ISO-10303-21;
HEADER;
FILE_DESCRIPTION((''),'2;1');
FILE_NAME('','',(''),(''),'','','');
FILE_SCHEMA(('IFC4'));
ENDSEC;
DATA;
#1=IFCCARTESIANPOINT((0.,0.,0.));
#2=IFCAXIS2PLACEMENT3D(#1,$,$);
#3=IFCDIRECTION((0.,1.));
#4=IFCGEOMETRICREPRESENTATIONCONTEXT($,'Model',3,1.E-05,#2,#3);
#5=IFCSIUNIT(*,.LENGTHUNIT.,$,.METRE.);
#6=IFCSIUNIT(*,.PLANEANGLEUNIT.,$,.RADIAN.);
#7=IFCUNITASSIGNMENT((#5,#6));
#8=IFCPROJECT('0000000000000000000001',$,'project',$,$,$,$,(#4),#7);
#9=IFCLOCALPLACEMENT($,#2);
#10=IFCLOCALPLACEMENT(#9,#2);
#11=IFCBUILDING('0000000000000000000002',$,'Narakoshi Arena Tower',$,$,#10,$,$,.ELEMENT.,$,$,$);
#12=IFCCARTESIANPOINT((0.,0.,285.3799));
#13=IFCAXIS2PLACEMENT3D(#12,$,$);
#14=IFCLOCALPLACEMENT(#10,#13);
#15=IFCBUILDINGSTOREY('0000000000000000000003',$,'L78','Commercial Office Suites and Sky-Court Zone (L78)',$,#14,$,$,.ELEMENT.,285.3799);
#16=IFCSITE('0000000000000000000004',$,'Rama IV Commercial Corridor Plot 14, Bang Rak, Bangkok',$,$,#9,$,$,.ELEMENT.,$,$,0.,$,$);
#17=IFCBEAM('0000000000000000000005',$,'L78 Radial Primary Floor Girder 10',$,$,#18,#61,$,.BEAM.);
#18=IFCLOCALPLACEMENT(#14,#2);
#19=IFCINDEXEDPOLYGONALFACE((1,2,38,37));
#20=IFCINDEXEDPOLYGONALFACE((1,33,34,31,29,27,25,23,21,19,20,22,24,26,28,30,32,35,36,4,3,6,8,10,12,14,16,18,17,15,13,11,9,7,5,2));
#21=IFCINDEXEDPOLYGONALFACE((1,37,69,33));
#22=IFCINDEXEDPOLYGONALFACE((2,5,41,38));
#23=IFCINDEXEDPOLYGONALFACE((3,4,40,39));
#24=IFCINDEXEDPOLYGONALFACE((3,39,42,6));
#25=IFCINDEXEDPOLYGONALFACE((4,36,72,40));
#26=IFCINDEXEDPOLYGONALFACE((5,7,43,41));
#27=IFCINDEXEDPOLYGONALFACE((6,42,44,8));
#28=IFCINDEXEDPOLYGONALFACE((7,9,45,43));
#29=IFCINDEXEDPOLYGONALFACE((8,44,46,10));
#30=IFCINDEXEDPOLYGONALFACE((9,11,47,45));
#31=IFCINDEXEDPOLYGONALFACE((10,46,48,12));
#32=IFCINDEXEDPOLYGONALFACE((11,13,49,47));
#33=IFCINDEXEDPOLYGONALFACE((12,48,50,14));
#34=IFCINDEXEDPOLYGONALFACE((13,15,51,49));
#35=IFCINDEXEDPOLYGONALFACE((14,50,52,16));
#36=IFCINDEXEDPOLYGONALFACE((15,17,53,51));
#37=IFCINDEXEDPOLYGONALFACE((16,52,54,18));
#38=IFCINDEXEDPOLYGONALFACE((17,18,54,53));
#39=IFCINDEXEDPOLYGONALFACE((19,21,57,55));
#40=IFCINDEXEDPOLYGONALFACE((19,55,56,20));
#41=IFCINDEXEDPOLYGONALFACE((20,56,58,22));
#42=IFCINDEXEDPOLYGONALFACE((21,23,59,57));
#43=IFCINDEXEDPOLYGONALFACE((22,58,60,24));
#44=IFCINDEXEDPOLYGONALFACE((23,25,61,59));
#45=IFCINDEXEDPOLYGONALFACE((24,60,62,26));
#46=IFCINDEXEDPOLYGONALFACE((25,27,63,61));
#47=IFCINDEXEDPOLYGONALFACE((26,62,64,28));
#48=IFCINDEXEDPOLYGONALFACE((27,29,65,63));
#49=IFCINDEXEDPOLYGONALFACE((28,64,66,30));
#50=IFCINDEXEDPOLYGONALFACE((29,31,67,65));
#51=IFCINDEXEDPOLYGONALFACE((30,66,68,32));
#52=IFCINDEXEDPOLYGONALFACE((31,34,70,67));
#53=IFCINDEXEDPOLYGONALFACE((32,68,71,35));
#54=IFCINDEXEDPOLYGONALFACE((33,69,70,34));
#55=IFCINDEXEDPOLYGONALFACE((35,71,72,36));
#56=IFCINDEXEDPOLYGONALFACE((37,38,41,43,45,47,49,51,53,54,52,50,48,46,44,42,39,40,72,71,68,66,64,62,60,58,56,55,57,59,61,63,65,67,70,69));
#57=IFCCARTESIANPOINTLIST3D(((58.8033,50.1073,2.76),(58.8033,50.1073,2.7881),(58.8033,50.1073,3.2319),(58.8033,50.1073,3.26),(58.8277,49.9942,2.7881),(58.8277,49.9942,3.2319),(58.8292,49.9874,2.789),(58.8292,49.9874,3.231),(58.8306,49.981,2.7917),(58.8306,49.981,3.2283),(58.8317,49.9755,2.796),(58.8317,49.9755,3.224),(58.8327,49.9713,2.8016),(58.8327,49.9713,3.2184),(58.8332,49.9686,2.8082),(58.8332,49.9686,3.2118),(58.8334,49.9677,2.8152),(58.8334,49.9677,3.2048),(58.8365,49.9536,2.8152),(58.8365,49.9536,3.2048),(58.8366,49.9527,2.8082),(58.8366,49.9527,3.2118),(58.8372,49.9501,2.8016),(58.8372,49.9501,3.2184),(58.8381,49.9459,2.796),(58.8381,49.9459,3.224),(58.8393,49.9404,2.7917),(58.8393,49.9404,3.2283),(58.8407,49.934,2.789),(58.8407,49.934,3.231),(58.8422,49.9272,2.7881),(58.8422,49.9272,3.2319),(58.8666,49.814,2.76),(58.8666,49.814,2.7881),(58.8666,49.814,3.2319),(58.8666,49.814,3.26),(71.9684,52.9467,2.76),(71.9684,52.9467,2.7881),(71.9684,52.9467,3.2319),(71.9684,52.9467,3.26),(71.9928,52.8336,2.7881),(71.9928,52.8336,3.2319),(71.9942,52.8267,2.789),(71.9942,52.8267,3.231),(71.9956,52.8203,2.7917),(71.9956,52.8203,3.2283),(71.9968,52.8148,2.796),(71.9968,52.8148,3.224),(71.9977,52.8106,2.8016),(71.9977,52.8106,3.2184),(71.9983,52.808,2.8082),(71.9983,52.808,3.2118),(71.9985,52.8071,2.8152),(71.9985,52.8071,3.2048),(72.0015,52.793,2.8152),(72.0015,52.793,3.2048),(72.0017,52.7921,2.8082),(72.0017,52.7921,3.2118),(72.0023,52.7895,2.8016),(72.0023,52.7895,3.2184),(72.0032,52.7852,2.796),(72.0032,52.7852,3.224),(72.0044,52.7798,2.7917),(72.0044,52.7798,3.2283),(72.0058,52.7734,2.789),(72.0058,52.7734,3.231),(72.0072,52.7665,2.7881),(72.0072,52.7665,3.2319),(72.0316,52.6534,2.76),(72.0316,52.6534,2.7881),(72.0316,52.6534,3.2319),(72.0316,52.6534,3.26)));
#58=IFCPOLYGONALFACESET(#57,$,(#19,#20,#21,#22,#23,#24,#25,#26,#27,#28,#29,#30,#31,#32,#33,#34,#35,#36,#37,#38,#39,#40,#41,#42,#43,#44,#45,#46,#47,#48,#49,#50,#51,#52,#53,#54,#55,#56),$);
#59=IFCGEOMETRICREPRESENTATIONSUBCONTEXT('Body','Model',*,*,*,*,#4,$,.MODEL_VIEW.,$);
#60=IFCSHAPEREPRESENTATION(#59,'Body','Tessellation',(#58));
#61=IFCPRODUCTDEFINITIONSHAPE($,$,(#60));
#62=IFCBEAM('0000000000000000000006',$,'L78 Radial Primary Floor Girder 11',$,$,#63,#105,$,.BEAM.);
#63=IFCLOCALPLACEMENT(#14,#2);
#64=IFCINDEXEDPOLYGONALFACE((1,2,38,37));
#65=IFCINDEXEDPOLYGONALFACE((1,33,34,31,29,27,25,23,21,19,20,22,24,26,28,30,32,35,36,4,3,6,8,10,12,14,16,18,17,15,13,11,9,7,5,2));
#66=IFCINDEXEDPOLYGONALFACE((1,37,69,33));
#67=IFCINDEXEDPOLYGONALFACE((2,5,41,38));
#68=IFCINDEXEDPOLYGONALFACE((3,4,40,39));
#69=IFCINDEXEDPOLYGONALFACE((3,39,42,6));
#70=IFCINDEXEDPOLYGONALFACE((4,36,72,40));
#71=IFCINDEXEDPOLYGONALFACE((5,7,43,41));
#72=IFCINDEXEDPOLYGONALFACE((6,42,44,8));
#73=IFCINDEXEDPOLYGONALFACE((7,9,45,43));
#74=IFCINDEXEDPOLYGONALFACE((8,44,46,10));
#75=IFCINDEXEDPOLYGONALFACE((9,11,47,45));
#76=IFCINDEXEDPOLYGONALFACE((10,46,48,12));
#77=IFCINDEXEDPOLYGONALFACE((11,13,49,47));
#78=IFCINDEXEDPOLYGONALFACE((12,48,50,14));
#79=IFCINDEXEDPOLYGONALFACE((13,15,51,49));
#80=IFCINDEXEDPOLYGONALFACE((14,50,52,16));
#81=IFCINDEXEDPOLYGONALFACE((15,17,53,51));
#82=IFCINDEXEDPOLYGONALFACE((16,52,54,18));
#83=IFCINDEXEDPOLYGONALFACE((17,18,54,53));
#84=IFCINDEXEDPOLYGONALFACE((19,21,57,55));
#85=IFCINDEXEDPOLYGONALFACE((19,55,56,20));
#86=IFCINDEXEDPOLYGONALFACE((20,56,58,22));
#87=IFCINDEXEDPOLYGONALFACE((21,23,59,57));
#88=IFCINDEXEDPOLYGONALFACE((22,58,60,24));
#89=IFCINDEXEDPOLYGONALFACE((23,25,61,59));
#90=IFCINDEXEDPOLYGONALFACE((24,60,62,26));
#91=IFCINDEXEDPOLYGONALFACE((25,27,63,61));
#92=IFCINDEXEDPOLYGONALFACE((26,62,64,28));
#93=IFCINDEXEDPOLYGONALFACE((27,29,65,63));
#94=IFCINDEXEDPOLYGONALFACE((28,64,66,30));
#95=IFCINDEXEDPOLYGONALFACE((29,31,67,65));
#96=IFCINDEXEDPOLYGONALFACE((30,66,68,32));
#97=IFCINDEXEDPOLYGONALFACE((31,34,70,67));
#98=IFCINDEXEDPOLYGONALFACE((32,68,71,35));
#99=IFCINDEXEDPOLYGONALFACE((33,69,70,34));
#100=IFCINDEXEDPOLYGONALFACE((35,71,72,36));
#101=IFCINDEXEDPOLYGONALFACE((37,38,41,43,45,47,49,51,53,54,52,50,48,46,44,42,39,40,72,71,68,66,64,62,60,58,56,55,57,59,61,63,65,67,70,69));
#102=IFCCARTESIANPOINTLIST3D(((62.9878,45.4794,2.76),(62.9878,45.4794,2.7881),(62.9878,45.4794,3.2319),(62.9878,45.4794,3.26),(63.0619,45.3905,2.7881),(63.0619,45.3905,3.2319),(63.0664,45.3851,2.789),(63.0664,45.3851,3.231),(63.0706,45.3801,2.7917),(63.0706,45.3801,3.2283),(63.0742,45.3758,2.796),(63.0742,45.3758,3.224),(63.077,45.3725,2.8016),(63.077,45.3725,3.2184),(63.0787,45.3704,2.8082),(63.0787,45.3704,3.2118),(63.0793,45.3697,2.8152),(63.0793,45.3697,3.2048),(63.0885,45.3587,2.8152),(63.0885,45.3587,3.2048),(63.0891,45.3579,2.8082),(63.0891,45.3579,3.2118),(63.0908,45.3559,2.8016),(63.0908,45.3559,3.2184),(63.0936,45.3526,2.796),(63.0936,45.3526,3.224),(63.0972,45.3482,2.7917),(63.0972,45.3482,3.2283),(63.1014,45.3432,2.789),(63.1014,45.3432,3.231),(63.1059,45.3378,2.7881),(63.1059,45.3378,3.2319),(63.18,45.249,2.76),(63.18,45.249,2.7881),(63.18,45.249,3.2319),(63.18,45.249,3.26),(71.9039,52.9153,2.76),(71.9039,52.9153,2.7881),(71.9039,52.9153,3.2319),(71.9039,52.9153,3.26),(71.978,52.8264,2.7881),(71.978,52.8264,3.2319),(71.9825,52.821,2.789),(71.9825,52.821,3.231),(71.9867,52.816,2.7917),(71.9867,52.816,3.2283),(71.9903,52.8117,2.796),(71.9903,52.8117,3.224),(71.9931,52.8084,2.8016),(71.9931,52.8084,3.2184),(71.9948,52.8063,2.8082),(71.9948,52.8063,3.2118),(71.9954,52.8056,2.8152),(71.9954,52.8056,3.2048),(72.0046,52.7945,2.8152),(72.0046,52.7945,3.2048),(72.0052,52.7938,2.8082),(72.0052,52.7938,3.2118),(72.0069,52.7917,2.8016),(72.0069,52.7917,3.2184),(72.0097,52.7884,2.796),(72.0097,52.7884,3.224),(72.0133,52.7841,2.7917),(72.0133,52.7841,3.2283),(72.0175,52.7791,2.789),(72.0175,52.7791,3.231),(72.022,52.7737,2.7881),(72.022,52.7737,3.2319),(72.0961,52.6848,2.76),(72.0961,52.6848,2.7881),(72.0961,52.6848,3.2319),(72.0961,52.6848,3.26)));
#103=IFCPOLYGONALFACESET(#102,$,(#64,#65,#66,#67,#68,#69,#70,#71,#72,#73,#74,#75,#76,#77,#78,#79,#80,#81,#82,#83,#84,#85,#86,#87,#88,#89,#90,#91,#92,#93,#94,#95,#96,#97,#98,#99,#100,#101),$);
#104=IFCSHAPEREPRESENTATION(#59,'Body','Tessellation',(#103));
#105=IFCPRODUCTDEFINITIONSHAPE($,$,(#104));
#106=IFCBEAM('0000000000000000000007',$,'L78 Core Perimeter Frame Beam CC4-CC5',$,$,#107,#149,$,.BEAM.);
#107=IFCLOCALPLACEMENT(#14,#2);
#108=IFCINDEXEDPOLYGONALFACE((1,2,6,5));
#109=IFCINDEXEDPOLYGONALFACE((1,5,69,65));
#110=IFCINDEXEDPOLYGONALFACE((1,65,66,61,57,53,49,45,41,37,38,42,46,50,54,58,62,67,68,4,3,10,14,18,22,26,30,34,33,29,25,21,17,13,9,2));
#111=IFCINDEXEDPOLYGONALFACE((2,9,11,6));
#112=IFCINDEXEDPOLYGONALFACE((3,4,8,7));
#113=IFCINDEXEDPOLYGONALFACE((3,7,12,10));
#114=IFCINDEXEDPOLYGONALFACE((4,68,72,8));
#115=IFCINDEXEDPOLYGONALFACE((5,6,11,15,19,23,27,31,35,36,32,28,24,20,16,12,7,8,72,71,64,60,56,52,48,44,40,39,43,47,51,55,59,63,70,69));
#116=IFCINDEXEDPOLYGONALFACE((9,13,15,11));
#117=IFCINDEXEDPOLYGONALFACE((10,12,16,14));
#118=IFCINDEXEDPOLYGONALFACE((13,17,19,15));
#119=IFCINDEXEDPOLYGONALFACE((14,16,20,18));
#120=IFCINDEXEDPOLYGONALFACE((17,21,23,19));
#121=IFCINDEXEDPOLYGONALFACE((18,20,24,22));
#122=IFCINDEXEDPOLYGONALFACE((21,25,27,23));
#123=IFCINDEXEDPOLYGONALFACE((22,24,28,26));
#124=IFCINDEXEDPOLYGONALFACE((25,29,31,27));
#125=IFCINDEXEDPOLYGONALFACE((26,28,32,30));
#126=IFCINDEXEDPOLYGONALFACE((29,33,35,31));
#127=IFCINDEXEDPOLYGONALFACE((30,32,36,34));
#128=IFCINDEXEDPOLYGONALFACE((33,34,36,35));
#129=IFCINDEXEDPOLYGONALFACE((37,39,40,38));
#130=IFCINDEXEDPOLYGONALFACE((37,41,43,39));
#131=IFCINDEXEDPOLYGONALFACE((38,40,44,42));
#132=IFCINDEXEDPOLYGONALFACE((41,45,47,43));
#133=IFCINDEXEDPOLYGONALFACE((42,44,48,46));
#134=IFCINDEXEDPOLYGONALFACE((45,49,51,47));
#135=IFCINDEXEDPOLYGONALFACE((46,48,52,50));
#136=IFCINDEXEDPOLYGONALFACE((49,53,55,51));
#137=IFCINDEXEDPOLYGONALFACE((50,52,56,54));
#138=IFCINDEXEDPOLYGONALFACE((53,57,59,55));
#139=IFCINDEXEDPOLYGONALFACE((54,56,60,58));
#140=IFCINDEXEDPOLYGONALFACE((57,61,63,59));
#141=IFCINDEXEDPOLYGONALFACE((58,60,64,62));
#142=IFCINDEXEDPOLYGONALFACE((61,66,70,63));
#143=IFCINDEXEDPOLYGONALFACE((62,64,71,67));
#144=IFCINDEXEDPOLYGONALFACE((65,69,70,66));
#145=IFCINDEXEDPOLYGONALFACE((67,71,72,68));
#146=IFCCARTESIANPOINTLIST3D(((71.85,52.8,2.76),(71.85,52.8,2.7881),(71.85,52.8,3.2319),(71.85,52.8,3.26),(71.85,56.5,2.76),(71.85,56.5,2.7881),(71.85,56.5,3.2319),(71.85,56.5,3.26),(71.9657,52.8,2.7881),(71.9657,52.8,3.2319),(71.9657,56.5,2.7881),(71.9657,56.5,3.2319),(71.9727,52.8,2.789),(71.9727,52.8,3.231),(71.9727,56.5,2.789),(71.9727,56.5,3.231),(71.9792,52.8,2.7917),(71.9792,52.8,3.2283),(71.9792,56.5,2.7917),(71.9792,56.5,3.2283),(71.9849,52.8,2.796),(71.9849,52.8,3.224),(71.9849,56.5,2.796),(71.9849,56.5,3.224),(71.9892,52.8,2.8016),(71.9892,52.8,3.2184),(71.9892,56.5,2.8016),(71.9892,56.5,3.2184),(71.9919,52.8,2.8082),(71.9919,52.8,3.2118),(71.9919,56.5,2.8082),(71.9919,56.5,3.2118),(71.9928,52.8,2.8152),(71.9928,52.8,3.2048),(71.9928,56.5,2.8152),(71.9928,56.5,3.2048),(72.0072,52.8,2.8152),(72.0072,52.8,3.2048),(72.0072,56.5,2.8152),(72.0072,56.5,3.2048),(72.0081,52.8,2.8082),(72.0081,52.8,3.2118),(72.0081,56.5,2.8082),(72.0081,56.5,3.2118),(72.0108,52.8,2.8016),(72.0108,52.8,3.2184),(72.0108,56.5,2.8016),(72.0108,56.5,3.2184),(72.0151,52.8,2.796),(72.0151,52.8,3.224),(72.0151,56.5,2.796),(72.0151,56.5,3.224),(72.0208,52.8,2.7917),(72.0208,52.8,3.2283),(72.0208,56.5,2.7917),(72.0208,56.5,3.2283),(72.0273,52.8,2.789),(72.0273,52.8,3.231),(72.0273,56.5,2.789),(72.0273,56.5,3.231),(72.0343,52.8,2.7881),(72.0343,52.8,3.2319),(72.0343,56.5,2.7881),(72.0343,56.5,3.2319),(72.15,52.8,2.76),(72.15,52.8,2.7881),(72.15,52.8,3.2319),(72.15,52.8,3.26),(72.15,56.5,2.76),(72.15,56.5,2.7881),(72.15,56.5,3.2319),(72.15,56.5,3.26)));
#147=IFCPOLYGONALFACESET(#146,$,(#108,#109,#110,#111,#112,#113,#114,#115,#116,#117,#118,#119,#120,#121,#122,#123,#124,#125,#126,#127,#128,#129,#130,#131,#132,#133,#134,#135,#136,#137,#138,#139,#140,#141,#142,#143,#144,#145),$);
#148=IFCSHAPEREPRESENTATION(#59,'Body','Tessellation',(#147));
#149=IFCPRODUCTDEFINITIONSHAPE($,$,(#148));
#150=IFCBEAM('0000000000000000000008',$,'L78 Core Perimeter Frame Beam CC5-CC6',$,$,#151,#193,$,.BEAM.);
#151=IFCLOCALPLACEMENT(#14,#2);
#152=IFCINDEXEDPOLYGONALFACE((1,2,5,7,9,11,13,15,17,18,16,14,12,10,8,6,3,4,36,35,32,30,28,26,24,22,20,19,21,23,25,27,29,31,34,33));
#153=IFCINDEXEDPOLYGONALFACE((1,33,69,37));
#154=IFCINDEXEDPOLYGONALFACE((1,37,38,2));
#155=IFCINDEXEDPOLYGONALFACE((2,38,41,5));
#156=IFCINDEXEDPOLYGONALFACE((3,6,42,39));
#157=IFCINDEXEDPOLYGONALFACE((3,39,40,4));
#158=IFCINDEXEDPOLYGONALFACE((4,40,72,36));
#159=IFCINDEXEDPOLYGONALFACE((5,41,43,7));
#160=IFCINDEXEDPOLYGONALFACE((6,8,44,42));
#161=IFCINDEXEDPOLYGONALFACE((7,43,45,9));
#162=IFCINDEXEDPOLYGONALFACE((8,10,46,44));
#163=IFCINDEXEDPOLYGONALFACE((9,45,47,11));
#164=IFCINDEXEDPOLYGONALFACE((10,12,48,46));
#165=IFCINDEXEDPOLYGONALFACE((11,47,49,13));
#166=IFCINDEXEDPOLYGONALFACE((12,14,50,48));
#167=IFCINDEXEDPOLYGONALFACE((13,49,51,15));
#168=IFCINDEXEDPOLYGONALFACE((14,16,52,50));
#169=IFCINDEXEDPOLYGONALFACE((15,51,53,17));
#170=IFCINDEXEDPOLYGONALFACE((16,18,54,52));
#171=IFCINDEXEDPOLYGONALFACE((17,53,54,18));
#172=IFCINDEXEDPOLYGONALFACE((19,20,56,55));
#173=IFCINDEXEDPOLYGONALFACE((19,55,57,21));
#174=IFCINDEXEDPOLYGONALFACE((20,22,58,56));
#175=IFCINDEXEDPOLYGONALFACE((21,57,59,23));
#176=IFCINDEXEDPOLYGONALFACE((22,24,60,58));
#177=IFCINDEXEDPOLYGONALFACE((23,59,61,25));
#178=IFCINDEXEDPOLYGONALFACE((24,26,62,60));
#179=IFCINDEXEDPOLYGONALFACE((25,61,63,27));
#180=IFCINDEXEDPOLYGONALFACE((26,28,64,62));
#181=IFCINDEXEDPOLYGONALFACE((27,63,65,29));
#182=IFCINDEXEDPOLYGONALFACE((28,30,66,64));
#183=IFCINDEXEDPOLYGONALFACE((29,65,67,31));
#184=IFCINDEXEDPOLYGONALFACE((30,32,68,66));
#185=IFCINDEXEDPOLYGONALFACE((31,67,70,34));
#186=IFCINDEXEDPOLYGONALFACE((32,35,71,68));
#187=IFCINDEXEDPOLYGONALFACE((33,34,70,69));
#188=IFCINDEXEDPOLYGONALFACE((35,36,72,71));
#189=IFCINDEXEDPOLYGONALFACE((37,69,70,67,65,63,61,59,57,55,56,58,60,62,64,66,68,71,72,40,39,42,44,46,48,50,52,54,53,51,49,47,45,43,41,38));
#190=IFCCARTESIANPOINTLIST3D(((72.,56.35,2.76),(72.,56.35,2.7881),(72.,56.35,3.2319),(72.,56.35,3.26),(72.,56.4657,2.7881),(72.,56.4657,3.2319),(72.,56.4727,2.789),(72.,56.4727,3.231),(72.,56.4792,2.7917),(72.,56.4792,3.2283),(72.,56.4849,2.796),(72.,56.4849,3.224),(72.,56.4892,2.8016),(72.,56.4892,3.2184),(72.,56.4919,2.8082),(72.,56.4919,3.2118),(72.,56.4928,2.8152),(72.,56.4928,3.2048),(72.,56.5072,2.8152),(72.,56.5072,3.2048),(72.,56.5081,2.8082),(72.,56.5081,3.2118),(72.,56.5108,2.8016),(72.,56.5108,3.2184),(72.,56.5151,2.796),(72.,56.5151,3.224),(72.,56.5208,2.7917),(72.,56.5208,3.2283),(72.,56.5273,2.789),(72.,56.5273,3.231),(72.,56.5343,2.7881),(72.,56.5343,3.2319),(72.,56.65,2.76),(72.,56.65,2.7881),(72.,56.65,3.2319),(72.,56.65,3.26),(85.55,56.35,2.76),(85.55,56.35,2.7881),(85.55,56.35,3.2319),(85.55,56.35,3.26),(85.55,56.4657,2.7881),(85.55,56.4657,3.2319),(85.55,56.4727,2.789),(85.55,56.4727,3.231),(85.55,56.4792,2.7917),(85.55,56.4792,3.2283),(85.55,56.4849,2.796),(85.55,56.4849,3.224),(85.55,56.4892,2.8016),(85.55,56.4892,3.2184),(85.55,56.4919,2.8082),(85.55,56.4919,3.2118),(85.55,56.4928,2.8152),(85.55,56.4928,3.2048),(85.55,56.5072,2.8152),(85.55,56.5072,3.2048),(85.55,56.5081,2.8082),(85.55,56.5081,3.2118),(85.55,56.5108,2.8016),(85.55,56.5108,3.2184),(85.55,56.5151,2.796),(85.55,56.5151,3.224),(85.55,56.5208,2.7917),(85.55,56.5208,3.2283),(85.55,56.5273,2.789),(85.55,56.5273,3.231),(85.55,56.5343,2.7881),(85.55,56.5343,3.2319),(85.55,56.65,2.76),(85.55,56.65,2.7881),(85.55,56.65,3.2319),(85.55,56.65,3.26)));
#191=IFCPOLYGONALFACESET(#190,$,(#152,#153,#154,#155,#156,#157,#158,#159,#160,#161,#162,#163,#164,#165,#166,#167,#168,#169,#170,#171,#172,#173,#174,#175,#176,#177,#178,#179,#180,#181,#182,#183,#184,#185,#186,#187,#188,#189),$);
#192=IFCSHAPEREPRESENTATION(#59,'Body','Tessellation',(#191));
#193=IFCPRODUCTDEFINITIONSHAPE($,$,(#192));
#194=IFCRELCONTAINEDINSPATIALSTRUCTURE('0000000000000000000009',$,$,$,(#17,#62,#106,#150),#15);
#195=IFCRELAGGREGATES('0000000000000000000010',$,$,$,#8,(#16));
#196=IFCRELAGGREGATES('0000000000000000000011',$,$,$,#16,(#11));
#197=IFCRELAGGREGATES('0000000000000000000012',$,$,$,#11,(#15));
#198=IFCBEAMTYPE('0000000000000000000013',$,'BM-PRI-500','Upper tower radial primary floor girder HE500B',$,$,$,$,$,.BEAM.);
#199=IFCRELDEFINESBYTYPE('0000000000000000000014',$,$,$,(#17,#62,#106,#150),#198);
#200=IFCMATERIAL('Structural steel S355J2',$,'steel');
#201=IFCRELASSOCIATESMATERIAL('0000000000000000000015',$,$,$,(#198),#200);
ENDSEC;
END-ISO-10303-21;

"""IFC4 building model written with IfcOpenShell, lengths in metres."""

from ifc_helpers import new_model, si_unit, direction, frame, origin, origin_2d, place, context, subcontext, project, spatial, i_section, extrude, material, material_profile, profile_set, type_object, element, save


model = new_model("IFC4")

# Units and contexts
model_context = context("Model", 3, precision=1e-05, world=origin(), true_north=direction((0.0, 1.0)))
body_context = subcontext(model_context, "Body", "Model", "MODEL_VIEW")
ifc_project = project(units=[si_unit("LENGTHUNIT", "METRE"), si_unit("PLANEANGLEUNIT", "RADIAN")], contexts=[model_context])

# Site, building, storey
site_placement = place(None, origin())
site = spatial("IfcSite", under=ifc_project, at=site_placement, Name="Rama IV Commercial Corridor Plot 14, Bang Rak, Bangkok", CompositionType="ELEMENT", RefElevation=0.0)
building_placement = place(site_placement, origin())
building = spatial("IfcBuilding", under=site, at=building_placement, Name="Narakoshi Arena Tower", CompositionType="ELEMENT")
storey_placement = place(building_placement, frame((0.0, 0.0, 285.3799)))
storey = spatial("IfcBuildingStorey", under=building, at=storey_placement, Name="L78", Description="Commercial Office Suites and Sky-Court Zone (L78)", CompositionType="ELEMENT", Elevation=285.3799)

# Beams
ifc_material_1 = material(Name="Structural steel S355J2", Category="steel")
ifc_material_profile_1 = material_profile(ifc_material_1, i_section(OverallWidth=0.3, OverallDepth=0.5, WebThickness=0.0144, FlangeThickness=0.0281, FilletRadius=0.0271, at=origin_2d()), Name="HE500B")
ifc_profile_set_1 = profile_set([ifc_material_profile_1], Name="Structural steel S355J2")
beam_type = type_object("IfcBeamType", Name="BM-PRI-500", Description="Upper tower radial primary floor girder HE500B", PredefinedType="BEAM", material=ifc_profile_set_1)
beam_1_placement = place(storey_placement, frame((72.0, 52.8, 3.01), z_axis=(-0.977524, -0.210826, 0.0), x_axis=(0.210826, -0.977524, 0.0)))
element("IfcBeam", 1, at=beam_1_placement, inside=storey, type_object=beam_type, Name="L78 Radial Primary Floor Girder 10", PredefinedType="BEAM", context=body_context, shape_type="SweptSolid", body=[
    extrude(i_section(OverallWidth=0.3, OverallDepth=0.5, WebThickness=0.0144, FlangeThickness=0.0281, FilletRadius=0.0271, at=origin_2d()), origin(), (0.0, 0.0, 1.0), 13.4678),
])
beam_2_placement = place(storey_placement, frame((72.0, 52.8, 3.01), z_axis=(-0.767976, -0.640478, 0.0), x_axis=(0.640478, -0.767976, 0.0)))
element("IfcBeam", 2, at=beam_2_placement, inside=storey, type_object=beam_type, Name="L78 Radial Primary Floor Girder 11", PredefinedType="BEAM", context=body_context, shape_type="SweptSolid", body=[
    extrude(i_section(OverallWidth=0.3, OverallDepth=0.5, WebThickness=0.0144, FlangeThickness=0.0281, FilletRadius=0.0271, at=origin_2d()), origin(), (0.0, 0.0, 1.0), 11.6099),
])
beam_3_placement = place(storey_placement, frame((72.0, 52.8, 3.01), z_axis=(0.0, 1.0, 0.0), x_axis=(-1.0, 0.0, 0.0)))
element("IfcBeam", 3, at=beam_3_placement, inside=storey, type_object=beam_type, Name="L78 Core Perimeter Frame Beam CC4-CC5", PredefinedType="BEAM", context=body_context, shape_type="SweptSolid", body=[
    extrude(i_section(OverallWidth=0.3, OverallDepth=0.5, WebThickness=0.0144, FlangeThickness=0.0281, FilletRadius=0.0271, at=origin_2d()), origin(), (0.0, 0.0, 1.0), 3.7),
])
beam_4_placement = place(storey_placement, frame((72.0, 56.5, 3.01), z_axis=(1.0, 0.0, 0.0), x_axis=(0.0, 1.0, 0.0)))
element("IfcBeam", 4, at=beam_4_placement, inside=storey, type_object=beam_type, Name="L78 Core Perimeter Frame Beam CC5-CC6", PredefinedType="BEAM", context=body_context, shape_type="SweptSolid", body=[
    extrude(i_section(OverallWidth=0.3, OverallDepth=0.5, WebThickness=0.0144, FlangeThickness=0.0281, FilletRadius=0.0271, at=origin_2d()), origin(), (0.0, 0.0, 1.0), 13.55),
])

save(model, "model.ifc")
